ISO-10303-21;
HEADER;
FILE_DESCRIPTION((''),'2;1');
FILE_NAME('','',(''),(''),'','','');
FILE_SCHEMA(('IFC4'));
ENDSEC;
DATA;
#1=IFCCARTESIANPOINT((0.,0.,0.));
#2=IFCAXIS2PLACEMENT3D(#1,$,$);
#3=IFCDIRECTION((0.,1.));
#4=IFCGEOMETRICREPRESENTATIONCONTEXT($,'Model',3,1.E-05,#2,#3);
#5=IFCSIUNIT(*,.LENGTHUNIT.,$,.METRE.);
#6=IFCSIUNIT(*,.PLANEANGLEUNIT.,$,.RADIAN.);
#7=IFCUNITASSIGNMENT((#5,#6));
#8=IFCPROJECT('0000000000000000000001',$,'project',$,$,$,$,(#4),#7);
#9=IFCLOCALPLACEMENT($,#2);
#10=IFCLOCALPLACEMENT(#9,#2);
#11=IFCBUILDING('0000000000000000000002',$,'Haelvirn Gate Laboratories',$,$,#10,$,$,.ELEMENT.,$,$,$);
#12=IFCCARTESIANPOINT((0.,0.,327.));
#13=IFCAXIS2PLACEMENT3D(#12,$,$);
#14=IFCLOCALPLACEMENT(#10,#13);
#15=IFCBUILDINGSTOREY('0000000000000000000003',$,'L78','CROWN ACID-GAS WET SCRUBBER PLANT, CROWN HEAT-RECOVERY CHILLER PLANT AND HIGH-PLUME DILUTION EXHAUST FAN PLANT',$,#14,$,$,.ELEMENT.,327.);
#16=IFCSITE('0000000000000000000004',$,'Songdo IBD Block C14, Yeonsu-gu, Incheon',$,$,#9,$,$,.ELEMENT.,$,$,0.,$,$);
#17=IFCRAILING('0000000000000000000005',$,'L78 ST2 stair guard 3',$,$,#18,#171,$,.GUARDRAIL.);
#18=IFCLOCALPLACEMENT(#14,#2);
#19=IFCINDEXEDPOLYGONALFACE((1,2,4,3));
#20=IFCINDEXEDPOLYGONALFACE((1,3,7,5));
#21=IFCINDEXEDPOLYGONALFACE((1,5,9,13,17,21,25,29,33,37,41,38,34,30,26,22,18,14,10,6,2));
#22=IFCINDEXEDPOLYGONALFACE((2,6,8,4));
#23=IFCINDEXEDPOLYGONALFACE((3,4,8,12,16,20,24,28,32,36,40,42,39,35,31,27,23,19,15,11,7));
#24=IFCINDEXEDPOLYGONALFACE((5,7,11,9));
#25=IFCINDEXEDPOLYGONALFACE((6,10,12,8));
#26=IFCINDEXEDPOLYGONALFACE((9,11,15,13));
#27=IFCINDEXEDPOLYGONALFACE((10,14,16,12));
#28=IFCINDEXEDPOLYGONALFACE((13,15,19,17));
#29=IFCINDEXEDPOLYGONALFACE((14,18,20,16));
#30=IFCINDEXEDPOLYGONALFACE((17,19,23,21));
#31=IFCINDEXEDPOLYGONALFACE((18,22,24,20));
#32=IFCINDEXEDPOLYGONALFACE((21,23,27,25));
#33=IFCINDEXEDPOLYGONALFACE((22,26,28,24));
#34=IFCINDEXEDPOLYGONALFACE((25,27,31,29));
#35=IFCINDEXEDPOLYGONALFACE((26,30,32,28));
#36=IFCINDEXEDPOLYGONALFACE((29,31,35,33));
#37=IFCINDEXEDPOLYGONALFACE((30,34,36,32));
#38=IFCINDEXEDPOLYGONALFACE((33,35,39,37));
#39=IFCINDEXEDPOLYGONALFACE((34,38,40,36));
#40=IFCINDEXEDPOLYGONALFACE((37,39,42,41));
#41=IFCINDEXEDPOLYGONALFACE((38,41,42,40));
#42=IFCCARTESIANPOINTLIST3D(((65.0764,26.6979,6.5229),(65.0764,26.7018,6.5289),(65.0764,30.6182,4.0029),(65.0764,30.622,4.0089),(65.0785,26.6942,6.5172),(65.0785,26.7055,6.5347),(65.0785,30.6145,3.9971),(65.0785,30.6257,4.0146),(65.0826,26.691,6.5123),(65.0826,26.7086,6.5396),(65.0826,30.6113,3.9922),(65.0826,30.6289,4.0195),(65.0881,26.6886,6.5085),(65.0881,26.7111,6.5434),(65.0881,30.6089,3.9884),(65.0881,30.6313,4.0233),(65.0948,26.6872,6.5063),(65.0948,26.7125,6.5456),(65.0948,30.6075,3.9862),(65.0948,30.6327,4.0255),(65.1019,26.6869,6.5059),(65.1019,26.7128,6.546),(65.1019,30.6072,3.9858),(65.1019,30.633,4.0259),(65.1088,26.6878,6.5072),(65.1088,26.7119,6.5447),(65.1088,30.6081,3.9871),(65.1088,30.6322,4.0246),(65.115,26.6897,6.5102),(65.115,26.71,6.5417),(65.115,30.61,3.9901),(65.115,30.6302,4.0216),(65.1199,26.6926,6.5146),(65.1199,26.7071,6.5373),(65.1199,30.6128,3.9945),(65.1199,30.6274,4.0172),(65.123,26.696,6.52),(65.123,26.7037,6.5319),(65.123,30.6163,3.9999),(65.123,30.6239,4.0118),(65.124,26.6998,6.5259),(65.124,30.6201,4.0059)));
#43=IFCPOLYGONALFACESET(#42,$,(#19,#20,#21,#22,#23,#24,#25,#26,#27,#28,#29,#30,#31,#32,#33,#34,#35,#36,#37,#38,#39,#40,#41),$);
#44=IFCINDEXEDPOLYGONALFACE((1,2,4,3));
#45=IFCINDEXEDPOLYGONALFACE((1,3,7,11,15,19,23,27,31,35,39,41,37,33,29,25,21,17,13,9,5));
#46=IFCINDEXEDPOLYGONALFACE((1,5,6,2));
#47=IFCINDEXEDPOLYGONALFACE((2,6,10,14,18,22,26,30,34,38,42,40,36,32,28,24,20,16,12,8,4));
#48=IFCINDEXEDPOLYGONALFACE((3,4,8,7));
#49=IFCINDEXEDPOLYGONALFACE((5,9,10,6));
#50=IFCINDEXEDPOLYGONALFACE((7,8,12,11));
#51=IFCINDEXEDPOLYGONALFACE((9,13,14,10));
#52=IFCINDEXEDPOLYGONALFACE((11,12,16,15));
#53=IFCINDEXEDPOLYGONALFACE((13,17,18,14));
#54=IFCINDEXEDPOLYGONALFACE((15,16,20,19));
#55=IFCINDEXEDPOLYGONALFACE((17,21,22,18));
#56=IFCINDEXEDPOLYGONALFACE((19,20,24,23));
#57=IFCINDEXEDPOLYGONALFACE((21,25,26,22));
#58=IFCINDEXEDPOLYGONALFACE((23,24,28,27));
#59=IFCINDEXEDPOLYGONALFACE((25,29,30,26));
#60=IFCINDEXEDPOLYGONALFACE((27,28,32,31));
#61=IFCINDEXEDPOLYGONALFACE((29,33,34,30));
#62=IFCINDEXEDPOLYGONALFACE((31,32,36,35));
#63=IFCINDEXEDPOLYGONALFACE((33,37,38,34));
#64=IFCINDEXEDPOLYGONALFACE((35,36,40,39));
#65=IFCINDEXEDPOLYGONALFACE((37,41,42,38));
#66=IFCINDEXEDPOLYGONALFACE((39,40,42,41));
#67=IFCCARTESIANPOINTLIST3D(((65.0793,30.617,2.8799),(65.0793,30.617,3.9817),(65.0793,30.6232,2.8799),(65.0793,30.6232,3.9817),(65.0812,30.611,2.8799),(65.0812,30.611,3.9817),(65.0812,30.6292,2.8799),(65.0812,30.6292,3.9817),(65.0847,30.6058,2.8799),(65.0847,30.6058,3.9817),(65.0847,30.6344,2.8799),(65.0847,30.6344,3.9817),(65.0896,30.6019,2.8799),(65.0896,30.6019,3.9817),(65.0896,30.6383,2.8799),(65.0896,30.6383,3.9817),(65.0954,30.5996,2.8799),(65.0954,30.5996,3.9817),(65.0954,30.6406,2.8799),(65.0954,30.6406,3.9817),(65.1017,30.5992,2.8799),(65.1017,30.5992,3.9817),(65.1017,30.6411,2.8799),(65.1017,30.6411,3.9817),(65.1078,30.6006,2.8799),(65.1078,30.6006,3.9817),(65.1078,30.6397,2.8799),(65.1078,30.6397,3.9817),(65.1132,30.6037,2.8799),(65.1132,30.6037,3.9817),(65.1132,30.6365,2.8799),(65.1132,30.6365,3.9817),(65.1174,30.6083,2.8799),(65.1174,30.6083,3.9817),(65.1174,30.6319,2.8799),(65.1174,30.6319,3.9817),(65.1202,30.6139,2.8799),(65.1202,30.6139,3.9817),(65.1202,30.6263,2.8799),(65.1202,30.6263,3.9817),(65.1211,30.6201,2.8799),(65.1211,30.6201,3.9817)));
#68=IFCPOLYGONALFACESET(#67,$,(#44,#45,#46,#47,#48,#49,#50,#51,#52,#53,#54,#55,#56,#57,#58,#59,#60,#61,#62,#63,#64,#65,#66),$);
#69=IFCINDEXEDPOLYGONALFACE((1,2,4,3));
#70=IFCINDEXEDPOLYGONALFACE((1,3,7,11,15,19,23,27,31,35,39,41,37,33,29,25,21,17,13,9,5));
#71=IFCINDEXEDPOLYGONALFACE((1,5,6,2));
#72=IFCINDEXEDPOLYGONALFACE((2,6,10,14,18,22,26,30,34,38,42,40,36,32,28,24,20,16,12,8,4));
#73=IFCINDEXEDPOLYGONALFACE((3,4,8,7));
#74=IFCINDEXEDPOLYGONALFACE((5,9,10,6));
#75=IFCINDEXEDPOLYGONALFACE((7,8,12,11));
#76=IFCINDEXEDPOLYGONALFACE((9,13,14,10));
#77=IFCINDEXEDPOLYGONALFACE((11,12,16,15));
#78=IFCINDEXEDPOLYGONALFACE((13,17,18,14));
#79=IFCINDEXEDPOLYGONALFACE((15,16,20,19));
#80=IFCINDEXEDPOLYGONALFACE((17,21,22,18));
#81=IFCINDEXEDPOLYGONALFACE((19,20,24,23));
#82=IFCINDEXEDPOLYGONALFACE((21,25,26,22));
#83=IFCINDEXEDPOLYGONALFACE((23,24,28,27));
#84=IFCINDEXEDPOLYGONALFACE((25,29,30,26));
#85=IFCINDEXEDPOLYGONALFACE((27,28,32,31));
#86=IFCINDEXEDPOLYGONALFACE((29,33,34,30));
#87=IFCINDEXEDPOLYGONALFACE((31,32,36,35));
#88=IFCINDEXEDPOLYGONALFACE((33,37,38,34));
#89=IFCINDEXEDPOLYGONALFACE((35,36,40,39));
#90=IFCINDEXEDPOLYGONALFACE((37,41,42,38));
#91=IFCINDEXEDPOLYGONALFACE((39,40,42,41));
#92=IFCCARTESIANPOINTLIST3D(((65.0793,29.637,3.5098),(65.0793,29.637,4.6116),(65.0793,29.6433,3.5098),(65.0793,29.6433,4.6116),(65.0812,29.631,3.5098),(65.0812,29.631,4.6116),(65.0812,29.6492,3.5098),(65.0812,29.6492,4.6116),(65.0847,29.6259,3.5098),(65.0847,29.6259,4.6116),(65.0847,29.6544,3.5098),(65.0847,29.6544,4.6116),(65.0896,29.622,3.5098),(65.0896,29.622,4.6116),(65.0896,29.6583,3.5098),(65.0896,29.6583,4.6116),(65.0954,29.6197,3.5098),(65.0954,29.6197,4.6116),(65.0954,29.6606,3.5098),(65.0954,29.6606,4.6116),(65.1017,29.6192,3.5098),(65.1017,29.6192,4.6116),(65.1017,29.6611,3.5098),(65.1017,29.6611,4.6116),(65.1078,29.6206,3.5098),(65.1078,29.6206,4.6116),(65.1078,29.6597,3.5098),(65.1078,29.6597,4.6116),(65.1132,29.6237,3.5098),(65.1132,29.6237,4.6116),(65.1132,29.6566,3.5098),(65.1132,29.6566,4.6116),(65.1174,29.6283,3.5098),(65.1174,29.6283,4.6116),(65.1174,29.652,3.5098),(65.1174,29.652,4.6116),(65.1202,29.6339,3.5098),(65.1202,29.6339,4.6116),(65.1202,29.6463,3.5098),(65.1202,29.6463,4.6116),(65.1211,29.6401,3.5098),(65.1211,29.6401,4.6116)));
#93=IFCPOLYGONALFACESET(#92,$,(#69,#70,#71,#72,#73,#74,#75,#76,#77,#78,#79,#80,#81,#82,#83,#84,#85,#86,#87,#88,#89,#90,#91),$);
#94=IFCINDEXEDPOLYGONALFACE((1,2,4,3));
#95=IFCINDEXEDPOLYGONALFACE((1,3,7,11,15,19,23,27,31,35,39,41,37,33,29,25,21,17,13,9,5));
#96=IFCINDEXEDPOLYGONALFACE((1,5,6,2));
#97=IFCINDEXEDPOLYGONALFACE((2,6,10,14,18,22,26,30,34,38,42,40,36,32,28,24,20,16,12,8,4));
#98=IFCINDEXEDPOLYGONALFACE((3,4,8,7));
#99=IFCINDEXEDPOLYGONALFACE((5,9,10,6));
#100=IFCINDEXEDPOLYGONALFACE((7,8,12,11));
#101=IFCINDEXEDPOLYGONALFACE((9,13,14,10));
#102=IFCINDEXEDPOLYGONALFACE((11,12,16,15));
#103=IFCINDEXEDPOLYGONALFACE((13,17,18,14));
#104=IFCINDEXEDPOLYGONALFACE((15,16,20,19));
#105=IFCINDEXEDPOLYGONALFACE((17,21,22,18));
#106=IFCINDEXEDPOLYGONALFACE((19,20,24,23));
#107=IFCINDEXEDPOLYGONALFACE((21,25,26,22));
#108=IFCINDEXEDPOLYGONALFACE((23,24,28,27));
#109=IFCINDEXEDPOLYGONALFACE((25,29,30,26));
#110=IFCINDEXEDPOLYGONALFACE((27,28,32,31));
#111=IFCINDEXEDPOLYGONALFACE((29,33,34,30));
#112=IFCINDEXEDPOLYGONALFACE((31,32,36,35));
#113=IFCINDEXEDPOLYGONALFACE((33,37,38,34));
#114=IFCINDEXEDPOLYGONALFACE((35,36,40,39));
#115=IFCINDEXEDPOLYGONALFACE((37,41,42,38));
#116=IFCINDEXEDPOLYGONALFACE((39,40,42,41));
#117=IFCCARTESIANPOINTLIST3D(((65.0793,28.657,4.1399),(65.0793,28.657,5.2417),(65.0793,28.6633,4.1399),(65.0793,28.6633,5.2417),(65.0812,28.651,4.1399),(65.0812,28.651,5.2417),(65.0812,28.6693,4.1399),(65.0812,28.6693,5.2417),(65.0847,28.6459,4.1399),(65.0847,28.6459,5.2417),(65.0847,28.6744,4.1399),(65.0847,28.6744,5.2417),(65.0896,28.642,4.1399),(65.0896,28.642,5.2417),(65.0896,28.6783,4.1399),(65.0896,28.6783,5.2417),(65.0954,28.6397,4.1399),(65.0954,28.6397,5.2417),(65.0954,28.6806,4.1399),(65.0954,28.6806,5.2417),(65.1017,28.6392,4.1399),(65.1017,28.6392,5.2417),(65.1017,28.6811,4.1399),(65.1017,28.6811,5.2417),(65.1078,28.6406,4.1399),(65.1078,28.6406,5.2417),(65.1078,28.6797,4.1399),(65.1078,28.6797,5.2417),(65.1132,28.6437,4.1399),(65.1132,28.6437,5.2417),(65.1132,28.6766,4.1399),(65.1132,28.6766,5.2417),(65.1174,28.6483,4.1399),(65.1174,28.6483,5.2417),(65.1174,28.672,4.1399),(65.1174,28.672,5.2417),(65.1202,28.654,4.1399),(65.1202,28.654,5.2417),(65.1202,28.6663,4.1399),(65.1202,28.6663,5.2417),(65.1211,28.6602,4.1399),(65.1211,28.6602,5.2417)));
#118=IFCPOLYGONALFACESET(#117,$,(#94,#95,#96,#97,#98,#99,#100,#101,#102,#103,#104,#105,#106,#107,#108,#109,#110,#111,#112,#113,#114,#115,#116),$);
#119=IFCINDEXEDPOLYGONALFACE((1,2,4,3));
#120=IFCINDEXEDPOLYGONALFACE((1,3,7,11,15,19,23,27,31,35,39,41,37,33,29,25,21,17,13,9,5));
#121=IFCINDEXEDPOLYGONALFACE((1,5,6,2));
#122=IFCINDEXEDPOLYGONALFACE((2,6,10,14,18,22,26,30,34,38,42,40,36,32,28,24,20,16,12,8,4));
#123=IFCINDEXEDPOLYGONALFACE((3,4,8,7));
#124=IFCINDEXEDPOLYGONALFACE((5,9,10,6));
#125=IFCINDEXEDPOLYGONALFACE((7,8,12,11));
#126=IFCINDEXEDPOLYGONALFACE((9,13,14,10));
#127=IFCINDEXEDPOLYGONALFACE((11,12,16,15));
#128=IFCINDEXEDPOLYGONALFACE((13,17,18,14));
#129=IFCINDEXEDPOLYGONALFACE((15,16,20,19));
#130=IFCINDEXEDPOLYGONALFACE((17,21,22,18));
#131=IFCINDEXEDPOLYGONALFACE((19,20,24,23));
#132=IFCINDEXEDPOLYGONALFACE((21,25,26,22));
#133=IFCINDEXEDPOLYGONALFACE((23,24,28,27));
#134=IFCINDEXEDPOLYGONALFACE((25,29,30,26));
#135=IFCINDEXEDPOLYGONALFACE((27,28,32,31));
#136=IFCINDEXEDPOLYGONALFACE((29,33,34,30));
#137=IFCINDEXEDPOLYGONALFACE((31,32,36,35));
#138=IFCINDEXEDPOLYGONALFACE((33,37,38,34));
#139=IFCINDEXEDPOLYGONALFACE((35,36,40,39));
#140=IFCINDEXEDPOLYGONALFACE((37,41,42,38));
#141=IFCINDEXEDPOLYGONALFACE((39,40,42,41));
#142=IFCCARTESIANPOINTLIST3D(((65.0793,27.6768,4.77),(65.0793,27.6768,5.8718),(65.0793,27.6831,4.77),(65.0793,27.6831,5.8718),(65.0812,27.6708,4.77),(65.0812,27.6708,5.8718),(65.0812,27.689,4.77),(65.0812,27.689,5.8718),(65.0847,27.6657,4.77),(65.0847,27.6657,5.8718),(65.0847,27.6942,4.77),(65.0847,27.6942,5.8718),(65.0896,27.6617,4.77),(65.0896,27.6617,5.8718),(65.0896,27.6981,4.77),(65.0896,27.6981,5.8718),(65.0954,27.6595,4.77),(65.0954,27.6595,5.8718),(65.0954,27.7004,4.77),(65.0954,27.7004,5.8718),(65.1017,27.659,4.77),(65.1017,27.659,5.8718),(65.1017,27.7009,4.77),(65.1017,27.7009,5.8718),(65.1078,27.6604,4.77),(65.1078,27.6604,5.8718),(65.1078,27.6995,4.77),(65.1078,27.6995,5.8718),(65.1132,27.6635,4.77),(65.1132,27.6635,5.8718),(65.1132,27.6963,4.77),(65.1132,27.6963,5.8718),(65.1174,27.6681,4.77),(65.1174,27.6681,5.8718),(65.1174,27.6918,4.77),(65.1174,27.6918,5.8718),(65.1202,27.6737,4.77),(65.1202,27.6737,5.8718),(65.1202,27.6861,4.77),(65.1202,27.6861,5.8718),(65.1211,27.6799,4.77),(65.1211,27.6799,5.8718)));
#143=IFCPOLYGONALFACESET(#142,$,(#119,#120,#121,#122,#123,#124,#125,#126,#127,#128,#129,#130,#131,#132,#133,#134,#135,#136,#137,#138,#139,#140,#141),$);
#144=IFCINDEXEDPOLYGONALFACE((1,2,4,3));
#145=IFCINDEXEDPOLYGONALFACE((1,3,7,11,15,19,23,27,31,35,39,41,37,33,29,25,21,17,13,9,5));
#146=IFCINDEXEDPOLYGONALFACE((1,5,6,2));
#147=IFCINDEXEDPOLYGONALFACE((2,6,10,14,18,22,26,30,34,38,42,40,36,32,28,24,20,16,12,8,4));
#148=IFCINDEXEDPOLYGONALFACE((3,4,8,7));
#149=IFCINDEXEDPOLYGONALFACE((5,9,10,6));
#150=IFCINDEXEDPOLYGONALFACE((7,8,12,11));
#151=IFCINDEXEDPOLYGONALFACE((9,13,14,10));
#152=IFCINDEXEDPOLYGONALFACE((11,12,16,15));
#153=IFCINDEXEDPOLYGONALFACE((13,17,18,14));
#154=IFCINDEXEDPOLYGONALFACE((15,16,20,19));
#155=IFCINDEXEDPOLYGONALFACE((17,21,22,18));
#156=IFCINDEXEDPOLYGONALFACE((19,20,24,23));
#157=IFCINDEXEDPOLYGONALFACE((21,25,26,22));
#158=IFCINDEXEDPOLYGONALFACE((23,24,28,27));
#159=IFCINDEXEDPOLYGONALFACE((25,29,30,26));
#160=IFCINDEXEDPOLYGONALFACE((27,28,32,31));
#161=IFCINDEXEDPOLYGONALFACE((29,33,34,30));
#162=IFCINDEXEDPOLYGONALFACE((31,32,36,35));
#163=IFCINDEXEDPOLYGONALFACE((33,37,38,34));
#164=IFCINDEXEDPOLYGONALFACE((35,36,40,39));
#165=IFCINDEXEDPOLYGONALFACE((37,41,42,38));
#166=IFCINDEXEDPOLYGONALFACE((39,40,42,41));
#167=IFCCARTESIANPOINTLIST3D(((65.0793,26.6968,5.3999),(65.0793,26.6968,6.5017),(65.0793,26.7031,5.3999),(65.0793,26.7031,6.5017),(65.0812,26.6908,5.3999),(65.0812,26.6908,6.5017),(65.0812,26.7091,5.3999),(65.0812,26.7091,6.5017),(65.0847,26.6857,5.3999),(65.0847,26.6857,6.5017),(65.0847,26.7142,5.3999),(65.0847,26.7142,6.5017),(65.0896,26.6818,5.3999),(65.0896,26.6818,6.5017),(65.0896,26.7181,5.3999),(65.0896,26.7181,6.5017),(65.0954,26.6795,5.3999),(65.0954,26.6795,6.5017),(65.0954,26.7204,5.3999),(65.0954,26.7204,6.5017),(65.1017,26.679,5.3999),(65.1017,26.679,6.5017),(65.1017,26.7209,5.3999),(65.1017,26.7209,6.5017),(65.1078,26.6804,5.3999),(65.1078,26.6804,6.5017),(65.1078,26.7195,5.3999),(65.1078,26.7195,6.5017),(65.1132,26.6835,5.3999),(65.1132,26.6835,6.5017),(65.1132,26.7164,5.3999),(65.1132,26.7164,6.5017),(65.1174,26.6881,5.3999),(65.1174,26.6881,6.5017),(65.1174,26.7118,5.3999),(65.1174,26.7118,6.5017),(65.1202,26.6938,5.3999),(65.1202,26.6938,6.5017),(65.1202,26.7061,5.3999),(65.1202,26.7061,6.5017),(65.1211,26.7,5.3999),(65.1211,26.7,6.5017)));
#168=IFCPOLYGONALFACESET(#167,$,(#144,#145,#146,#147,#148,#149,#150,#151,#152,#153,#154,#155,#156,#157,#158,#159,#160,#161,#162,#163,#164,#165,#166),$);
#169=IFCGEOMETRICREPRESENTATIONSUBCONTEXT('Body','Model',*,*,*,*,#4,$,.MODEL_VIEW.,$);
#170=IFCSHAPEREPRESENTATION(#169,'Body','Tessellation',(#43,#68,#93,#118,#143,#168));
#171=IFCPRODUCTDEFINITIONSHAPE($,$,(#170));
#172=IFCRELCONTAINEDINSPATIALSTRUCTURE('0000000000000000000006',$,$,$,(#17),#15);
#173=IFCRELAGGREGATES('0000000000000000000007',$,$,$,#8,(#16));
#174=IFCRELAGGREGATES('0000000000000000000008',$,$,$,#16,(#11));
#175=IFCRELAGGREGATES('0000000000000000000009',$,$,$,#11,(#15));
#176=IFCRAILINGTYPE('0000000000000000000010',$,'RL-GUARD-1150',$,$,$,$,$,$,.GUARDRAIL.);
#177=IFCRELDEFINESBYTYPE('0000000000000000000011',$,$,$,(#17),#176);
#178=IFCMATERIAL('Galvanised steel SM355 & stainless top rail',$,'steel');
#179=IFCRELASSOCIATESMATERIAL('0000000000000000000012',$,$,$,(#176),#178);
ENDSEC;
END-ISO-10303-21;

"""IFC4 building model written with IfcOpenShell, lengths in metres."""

from ifc_helpers import new_model, si_unit, direction, frame, origin, origin_2d, place, context, subcontext, project, spatial, circle, extrude, source, transform, mapped, material, type_object, element, save


model = new_model("IFC4")

# Units and contexts
model_context = context("Model", 3, precision=1e-05, world=origin(), true_north=direction((0.0, 1.0)))
body_context = subcontext(model_context, "Body", "Model", "MODEL_VIEW")
ifc_project = project(units=[si_unit("LENGTHUNIT", "METRE"), si_unit("PLANEANGLEUNIT", "RADIAN")], contexts=[model_context])

# Site, building, storey
site_placement = place(None, origin())
site = spatial("IfcSite", under=ifc_project, at=site_placement, Name="Songdo IBD Block C14, Yeonsu-gu, Incheon", CompositionType="ELEMENT", RefElevation=0.0)
building_placement = place(site_placement, origin())
building = spatial("IfcBuilding", under=site, at=building_placement, Name="Haelvirn Gate Laboratories", CompositionType="ELEMENT")
storey_placement = place(building_placement, frame((0.0, 0.0, 327.0)))
storey = spatial("IfcBuildingStorey", under=building, at=storey_placement, Name="L78", Description="CROWN ACID-GAS WET SCRUBBER PLANT, CROWN HEAT-RECOVERY CHILLER PLANT AND HIGH-PLUME DILUTION EXHAUST FAN PLANT", CompositionType="ELEMENT", Elevation=327.0)

# Railing
ifc_material_1 = material(Name="Galvanised steel SM355 & stainless top rail", Category="steel")
railing_type_1 = type_object("IfcRailingType", Name="RL-GUARD-1150", PredefinedType="GUARDRAIL", material=ifc_material_1)
shared_shape_1 = source(origin(), body_context, "Body", "SweptSolid", [
    extrude(circle(Radius=0.0239, at=origin_2d()), frame((0.0, 0.0, 1.126), z_axis=(0.0, -0.841187, 0.540744), x_axis=(1.0, 0.0, 0.0)), (0.0, 0.0, 1.0), 4.6604),
    extrude(circle(Radius=0.021, at=origin_2d()), origin(), (0.0, 0.0, 1.0), 1.1018),
    extrude(circle(Radius=0.021, at=origin_2d()), frame((0.0, -0.98, 0.6299)), (0.0, 0.0, 1.0), 1.1018),
    extrude(circle(Radius=0.021, at=origin_2d()), frame((0.0, -1.96, 1.26)), (0.0, 0.0, 1.0), 1.1018),
    extrude(circle(Radius=0.021, at=origin_2d()), frame((0.0, -2.9402, 1.8901)), (0.0, 0.0, 1.0), 1.1018),
    extrude(circle(Radius=0.021, at=origin_2d()), frame((0.0, -3.9202, 2.52)), (0.0, 0.0, 1.0), 1.1018),
])
railing_1_placement = place(storey_placement, frame((65.1001, 30.6201, 2.8799)))
element("IfcRailing", 1, at=railing_1_placement, inside=storey, type_object=railing_type_1, Name="L78 ST2 stair guard 3", PredefinedType="GUARDRAIL", context=body_context, shape_type="MappedRepresentation", body=[
    mapped(shared_shape_1, transform((0.0, 0.0, 0.0), scale=1.0)),
])

save(model, "model.ifc")
